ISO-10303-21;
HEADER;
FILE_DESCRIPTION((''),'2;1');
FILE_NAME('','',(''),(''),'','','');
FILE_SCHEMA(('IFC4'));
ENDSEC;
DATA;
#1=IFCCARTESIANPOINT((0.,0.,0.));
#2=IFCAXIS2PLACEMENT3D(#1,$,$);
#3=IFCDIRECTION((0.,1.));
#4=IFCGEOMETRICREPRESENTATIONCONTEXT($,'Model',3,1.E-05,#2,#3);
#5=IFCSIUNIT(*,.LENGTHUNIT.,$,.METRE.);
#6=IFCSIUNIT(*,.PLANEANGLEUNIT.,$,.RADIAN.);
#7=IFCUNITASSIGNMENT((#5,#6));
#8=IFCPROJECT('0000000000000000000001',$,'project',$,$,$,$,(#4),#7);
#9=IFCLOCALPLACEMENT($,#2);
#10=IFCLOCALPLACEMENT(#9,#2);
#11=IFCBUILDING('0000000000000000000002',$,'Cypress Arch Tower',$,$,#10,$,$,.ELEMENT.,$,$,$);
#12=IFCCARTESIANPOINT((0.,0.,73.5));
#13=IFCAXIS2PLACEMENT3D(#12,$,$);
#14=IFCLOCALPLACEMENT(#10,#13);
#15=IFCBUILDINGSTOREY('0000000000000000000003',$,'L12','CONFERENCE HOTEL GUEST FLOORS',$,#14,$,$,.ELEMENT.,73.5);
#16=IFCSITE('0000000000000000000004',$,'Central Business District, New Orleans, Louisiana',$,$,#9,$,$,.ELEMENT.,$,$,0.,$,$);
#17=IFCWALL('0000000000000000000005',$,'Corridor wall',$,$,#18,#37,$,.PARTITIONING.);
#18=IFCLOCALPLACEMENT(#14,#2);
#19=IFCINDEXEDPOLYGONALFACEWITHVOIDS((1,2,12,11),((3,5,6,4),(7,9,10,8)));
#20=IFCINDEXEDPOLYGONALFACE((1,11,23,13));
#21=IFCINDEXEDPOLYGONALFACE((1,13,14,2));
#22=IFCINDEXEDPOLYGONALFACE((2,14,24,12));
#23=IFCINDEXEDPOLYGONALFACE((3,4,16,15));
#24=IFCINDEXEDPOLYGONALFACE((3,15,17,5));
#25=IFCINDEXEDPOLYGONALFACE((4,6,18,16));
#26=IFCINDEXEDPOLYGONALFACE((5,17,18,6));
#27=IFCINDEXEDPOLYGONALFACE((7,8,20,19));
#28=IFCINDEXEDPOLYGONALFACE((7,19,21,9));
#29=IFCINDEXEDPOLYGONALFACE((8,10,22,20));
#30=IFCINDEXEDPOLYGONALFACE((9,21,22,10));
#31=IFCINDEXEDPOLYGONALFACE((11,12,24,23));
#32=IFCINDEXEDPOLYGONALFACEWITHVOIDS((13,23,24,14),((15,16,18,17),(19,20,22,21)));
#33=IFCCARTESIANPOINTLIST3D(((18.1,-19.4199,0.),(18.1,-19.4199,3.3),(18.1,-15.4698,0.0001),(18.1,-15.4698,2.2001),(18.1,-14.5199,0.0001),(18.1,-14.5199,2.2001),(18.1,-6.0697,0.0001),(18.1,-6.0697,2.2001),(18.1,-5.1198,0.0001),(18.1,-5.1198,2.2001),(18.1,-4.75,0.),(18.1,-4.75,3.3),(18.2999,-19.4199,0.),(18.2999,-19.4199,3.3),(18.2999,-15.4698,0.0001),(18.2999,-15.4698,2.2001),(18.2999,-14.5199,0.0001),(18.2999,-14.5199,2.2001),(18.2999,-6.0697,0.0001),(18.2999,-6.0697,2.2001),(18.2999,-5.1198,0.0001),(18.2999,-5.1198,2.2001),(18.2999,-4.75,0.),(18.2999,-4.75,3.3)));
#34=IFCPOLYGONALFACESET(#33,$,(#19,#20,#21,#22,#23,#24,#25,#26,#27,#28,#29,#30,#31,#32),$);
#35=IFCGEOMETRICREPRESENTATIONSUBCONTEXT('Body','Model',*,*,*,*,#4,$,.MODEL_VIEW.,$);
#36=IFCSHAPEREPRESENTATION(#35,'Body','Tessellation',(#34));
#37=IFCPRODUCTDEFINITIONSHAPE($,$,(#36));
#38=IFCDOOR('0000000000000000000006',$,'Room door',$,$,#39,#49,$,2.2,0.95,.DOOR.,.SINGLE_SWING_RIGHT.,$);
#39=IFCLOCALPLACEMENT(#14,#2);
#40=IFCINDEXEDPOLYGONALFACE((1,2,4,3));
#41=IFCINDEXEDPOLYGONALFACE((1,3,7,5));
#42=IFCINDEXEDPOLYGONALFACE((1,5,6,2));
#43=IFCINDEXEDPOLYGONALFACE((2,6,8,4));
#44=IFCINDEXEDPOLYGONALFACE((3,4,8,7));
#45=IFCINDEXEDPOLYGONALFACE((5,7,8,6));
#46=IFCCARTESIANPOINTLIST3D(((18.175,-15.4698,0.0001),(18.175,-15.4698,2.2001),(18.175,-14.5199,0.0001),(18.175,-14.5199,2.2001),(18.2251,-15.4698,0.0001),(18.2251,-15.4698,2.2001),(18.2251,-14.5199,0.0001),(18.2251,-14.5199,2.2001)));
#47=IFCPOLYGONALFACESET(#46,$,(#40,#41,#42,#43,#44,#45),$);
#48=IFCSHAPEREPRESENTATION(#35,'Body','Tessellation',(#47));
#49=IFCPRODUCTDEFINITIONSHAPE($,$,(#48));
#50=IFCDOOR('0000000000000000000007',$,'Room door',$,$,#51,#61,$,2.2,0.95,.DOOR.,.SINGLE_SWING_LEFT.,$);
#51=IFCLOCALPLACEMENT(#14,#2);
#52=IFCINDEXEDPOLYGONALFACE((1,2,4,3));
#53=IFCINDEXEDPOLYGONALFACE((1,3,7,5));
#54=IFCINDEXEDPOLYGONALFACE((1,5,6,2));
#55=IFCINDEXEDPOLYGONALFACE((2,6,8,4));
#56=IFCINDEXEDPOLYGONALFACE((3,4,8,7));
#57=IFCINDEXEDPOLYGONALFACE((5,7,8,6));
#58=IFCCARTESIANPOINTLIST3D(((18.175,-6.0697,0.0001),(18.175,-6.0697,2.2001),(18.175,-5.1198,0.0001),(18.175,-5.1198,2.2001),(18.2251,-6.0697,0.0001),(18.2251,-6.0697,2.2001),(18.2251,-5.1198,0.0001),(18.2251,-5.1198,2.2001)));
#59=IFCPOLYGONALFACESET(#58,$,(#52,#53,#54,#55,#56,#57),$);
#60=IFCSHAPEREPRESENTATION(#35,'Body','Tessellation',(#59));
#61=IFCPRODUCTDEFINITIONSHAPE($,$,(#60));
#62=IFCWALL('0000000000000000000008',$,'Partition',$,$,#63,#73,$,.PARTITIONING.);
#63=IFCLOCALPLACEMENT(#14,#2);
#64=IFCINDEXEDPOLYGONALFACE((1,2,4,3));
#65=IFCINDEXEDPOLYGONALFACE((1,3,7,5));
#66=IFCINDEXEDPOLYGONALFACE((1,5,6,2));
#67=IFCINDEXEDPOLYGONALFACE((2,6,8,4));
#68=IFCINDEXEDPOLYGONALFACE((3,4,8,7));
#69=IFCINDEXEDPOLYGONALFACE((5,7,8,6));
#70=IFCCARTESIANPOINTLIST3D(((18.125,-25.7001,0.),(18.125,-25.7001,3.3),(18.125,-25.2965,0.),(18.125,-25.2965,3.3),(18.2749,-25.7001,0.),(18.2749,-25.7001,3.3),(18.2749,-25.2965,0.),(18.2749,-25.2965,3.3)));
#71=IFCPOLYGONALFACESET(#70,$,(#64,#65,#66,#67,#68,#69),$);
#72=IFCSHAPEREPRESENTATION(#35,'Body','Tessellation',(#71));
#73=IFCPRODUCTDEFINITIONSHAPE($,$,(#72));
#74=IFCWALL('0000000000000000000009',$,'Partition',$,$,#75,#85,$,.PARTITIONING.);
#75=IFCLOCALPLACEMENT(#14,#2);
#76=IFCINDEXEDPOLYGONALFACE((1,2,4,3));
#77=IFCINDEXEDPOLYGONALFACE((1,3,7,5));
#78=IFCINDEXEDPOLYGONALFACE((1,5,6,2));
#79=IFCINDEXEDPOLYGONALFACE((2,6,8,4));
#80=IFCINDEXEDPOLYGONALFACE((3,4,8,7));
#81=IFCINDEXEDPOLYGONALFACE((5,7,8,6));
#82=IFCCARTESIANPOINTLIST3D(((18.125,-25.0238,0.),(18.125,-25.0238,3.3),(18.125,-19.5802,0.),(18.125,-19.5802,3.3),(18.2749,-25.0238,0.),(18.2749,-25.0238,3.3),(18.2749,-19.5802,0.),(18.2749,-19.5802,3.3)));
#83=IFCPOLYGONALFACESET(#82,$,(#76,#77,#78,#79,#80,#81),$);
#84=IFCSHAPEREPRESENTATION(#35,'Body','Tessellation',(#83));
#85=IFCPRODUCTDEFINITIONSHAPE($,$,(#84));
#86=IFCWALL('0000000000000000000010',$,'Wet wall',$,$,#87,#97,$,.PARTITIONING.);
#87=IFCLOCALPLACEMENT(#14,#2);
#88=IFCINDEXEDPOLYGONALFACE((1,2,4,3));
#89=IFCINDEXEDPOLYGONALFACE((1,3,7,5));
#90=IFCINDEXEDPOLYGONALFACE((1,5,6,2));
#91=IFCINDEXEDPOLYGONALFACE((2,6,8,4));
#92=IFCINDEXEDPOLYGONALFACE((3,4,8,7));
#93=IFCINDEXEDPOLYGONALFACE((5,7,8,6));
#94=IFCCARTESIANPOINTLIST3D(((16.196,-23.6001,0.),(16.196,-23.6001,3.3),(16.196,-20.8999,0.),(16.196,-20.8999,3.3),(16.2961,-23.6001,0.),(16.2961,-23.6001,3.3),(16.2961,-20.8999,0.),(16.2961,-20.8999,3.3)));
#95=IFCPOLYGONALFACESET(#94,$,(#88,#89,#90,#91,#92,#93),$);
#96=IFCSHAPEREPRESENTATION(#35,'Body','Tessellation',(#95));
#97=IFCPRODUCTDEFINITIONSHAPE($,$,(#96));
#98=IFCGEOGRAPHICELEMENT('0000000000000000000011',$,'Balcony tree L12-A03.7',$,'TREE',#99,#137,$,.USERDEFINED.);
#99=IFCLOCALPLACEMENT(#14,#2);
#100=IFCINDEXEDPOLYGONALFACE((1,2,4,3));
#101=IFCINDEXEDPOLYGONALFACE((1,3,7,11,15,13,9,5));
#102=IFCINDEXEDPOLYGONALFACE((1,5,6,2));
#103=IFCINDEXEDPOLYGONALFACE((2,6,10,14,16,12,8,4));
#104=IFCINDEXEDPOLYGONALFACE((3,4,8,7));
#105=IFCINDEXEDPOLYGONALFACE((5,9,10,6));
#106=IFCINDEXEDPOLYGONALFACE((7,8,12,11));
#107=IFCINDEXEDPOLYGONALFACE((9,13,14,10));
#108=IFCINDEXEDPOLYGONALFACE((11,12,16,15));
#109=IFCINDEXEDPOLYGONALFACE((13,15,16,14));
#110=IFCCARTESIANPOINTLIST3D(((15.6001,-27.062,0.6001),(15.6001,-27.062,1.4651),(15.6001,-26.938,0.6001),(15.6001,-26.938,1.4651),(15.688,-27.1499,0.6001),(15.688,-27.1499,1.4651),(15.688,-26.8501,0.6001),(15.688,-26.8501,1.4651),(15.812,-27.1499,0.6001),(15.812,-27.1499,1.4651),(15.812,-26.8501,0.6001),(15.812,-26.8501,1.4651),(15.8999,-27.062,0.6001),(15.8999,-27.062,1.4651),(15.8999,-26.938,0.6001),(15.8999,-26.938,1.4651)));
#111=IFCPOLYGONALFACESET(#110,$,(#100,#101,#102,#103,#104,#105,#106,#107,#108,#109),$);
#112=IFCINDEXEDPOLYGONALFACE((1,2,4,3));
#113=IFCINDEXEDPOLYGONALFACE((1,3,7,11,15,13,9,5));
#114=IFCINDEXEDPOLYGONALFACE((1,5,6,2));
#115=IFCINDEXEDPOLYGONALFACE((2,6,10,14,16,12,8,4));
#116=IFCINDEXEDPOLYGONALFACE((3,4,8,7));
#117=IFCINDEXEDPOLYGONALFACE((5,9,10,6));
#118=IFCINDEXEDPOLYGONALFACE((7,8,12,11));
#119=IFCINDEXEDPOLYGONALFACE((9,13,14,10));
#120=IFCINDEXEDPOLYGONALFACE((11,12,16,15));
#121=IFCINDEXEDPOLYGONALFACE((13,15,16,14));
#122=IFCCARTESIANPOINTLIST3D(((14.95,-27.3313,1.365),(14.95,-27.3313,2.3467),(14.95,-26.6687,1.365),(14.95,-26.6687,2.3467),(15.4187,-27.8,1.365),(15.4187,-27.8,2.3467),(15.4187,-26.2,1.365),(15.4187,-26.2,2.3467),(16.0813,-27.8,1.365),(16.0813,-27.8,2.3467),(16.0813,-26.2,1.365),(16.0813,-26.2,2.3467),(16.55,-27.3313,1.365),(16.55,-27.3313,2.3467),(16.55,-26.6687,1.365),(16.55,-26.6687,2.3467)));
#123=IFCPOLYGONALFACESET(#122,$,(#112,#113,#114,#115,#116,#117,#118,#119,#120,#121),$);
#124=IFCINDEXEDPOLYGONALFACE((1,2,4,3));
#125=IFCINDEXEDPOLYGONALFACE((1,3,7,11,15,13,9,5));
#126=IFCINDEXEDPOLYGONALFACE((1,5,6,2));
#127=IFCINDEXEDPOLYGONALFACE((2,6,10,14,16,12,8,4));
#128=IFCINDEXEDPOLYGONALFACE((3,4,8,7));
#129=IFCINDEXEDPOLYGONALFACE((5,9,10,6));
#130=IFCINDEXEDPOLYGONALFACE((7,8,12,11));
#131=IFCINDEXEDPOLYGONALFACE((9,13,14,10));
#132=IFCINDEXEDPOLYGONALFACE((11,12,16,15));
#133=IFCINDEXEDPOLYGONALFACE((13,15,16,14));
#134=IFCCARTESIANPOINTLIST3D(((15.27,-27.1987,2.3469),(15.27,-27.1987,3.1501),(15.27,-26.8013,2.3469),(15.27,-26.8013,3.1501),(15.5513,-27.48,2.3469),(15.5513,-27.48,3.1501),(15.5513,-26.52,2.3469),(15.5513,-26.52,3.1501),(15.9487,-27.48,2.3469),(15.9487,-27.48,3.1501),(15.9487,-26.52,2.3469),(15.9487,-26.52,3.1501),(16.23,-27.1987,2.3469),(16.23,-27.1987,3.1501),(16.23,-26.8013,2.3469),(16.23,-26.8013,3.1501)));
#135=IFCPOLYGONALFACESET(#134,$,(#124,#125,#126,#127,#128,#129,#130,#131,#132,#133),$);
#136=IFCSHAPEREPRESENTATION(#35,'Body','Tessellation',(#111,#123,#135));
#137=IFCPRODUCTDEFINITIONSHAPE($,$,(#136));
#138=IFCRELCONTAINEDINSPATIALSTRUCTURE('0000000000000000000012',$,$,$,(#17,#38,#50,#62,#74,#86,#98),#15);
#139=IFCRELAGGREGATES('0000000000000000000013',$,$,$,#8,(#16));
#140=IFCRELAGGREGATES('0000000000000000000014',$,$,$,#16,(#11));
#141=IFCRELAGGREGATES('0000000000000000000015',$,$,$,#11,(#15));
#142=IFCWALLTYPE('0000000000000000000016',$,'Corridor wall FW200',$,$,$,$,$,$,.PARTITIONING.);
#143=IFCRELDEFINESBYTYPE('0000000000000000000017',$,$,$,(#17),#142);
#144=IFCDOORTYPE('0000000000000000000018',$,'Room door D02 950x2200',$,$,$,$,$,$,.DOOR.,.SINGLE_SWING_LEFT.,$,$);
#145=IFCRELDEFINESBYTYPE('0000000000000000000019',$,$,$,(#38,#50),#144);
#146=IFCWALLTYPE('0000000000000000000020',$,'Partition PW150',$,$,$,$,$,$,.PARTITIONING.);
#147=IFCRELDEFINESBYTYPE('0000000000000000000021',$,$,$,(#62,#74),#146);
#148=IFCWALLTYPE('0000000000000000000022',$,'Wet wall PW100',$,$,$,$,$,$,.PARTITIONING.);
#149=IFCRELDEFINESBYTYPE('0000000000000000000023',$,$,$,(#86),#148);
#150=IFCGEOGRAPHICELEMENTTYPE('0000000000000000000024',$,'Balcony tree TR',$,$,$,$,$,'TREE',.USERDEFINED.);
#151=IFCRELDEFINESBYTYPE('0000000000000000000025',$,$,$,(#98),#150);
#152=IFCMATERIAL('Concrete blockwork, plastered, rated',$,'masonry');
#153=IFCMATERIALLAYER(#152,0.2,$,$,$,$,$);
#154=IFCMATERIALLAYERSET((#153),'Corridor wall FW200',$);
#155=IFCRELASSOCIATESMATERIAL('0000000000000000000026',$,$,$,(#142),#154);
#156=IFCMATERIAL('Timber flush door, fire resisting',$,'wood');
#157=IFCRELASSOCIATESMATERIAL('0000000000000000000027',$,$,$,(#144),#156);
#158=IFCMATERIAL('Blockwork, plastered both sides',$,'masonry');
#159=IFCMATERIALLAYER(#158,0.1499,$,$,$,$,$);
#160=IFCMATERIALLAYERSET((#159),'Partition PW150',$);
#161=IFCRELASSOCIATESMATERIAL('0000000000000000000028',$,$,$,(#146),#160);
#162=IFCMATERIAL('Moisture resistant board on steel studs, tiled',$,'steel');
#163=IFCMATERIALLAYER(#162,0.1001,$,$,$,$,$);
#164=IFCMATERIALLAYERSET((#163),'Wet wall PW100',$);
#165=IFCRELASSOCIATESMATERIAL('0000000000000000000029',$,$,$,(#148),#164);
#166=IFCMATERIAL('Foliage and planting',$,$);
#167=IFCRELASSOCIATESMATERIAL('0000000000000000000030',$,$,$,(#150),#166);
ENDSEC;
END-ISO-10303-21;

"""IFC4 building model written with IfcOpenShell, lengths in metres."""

from ifc_helpers import new_model, si_unit, direction, frame, frame_2d, origin, place, context, subcontext, project, spatial, polyline, rectangle, outline, extrude, material, layer, layer_set, type_object, element, fill, save


model = new_model("IFC4")

# Units and contexts
model_context = context("Model", 3, precision=1e-05, world=origin(), true_north=direction((0.0, 1.0)))
body_context = subcontext(model_context, "Body", "Model", "MODEL_VIEW")
ifc_project = project(units=[si_unit("LENGTHUNIT", "METRE"), si_unit("PLANEANGLEUNIT", "RADIAN")], contexts=[model_context])

# Site, building, storey
site_placement = place(None, origin())
site = spatial("IfcSite", under=ifc_project, at=site_placement, Name="Central Business District, New Orleans, Louisiana", CompositionType="ELEMENT", RefElevation=0.0)
building_placement = place(site_placement, origin())
building = spatial("IfcBuilding", under=site, at=building_placement, Name="Cypress Arch Tower", CompositionType="ELEMENT")
storey_placement = place(building_placement, frame((0.0, 0.0, 73.5)))
storey = spatial("IfcBuildingStorey", under=building, at=storey_placement, Name="L12", Description="CONFERENCE HOTEL GUEST FLOORS", CompositionType="ELEMENT", Elevation=73.5)

# Shared definitions
ifc_material_1 = material(Name="Concrete blockwork, plastered, rated", Category="masonry")
ifc_layer_1 = layer(ifc_material_1, 0.2)
ifc_layer_set_1 = layer_set([ifc_layer_1], Name="Corridor wall FW200")
wall_type_1 = type_object("IfcWallType", Name="Corridor wall FW200", PredefinedType="PARTITIONING", material=ifc_layer_set_1)

# Wall, openings, doors
wall_1_placement = place(storey_placement, frame((18.2, -19.4199, 0.0), z_axis=(0.0, 0.0, 1.0), x_axis=(0.0, 1.0, 0.0)))
wall_1 = element("IfcWall", 1, at=wall_1_placement, inside=storey, type_object=wall_type_1, Name="Corridor wall", PredefinedType="PARTITIONING", context=body_context, shape_type="SweptSolid", body=[
    extrude(rectangle(XDim=14.6699, YDim=0.2, at=frame_2d((7.335, 0.0))), origin(), (0.0, 0.0, 1.0), 3.3),
])
opening_1_placement = place(wall_1_placement, frame((3.95, 0.0, 0.0)))
opening_1 = element("IfcOpeningElement", 2, at=opening_1_placement, cuts=wall_1, PredefinedType="OPENING", context=body_context, shape_type="SweptSolid", body=[
    extrude(rectangle(XDim=0.95, YDim=2.2, at=frame_2d((0.4751, 1.1001))), frame((0.0, 0.1099, 0.0), z_axis=(0.0, -1.0, 0.0), x_axis=(1.0, 0.0, 0.0)), (0.0, 0.0, 1.0), 0.22),
])
opening_2_placement = place(wall_1_placement, frame((13.3501, 0.0, 0.0)))
opening_2 = element("IfcOpeningElement", 3, at=opening_2_placement, cuts=wall_1, PredefinedType="OPENING", context=body_context, shape_type="SweptSolid", body=[
    extrude(rectangle(XDim=0.95, YDim=2.2, at=frame_2d((0.4751, 1.1001))), frame((0.0, 0.1099, 0.0), z_axis=(0.0, -1.0, 0.0), x_axis=(1.0, 0.0, 0.0)), (0.0, 0.0, 1.0), 0.22),
])
ifc_material_2 = material(Name="Timber flush door, fire resisting", Category="wood")
door_type = type_object("IfcDoorType", Name="Room door D02 950x2200", OperationType="SINGLE_SWING_LEFT", PredefinedType="DOOR", material=ifc_material_2)
door_1_placement = place(opening_1_placement, origin())
door_1 = element("IfcDoor", 4, at=door_1_placement, inside=storey, type_object=door_type, Name="Room door", OperationType="SINGLE_SWING_RIGHT", OverallHeight=2.2, OverallWidth=0.95, PredefinedType="DOOR", context=body_context, shape_type="SweptSolid", body=[
    extrude(rectangle(XDim=0.95, YDim=2.2, at=frame_2d((0.4751, 1.1001))), frame((0.0, 0.0249, 0.0), z_axis=(0.0, -1.0, 0.0), x_axis=(1.0, 0.0, 0.0)), (0.0, 0.0, 1.0), 0.05),
])
fill(opening_1, door_1)
door_2_placement = place(opening_2_placement, origin())
door_2 = element("IfcDoor", 5, at=door_2_placement, inside=storey, type_object=door_type, Name="Room door", OperationType="SINGLE_SWING_LEFT", OverallHeight=2.2, OverallWidth=0.95, PredefinedType="DOOR", context=body_context, shape_type="SweptSolid", body=[
    extrude(rectangle(XDim=0.95, YDim=2.2, at=frame_2d((0.4751, 1.1001))), frame((0.0, 0.0249, 0.0), z_axis=(0.0, -1.0, 0.0), x_axis=(1.0, 0.0, 0.0)), (0.0, 0.0, 1.0), 0.05),
])
fill(opening_2, door_2)

# Walls
ifc_material_3 = material(Name="Blockwork, plastered both sides", Category="masonry")
ifc_layer_2 = layer(ifc_material_3, 0.1499)
ifc_layer_set_2 = layer_set([ifc_layer_2], Name="Partition PW150")
wall_type_2 = type_object("IfcWallType", Name="Partition PW150", PredefinedType="PARTITIONING", material=ifc_layer_set_2)
wall_2_placement = place(storey_placement, frame((18.2, -25.7, 0.0), z_axis=(0.0, 0.0, 1.0), x_axis=(0.0, 1.0, 0.0)))
element("IfcWall", 6, at=wall_2_placement, inside=storey, type_object=wall_type_2, Name="Partition", PredefinedType="PARTITIONING", context=body_context, shape_type="SweptSolid", body=[
    extrude(rectangle(XDim=0.4036, YDim=0.1499, at=frame_2d((0.2017, 0.0))), origin(), (0.0, 0.0, 1.0), 3.3),
])
wall_3_placement = place(storey_placement, frame((18.2, -25.0237, 0.0), z_axis=(0.0, 0.0, 1.0), x_axis=(0.0, 1.0, 0.0)))
element("IfcWall", 7, at=wall_3_placement, inside=storey, type_object=wall_type_2, Name="Partition", PredefinedType="PARTITIONING", context=body_context, shape_type="SweptSolid", body=[
    extrude(rectangle(XDim=5.4436, YDim=0.1499, at=frame_2d((2.7217, 0.0))), origin(), (0.0, 0.0, 1.0), 3.3),
])
ifc_material_4 = material(Name="Moisture resistant board on steel studs, tiled", Category="steel")
ifc_layer_3 = layer(ifc_material_4, 0.1001)
ifc_layer_set_3 = layer_set([ifc_layer_3], Name="Wet wall PW100")
wall_type_3 = type_object("IfcWallType", Name="Wet wall PW100", PredefinedType="PARTITIONING", material=ifc_layer_set_3)
wall_4_placement = place(storey_placement, frame((16.2461, -23.6001, 0.0), z_axis=(0.0, 0.0, 1.0), x_axis=(0.0, 1.0, 0.0)))
element("IfcWall", 8, at=wall_4_placement, inside=storey, type_object=wall_type_3, Name="Wet wall", PredefinedType="PARTITIONING", context=body_context, shape_type="SweptSolid", body=[
    extrude(rectangle(XDim=2.7002, YDim=0.1001, at=frame_2d((1.3501, 0.0))), origin(), (0.0, 0.0, 1.0), 3.3),
])

# Geographic element
ifc_material_5 = material(Name="Foliage and planting")
geographic_element_type = type_object("IfcGeographicElementType", Name="Balcony tree TR", ElementType="TREE", PredefinedType="USERDEFINED", material=ifc_material_5)
geographic_element_placement = place(storey_placement, frame((15.75, -27.0, 0.6001), z_axis=(0.0, 0.0, 1.0), x_axis=(1.0, 0.0, 0.0)))
element("IfcGeographicElement", 9, at=geographic_element_placement, inside=storey, type_object=geographic_element_type, Name="Balcony tree L12-A03.7", ObjectType="TREE", PredefinedType="USERDEFINED", context=body_context, shape_type="SweptSolid", body=[
    extrude(outline(polyline([(0.1499, 0.062), (0.062, 0.1499), (-0.062, 0.1499), (-0.1499, 0.062), (-0.1499, -0.062), (-0.062, -0.1499), (0.062, -0.1499), (0.1499, -0.062), (0.1499, 0.062)])), origin(), (0.0, 0.0, 1.0), 0.865),
    extrude(outline(polyline([(0.8, 0.3313), (0.3313, 0.8), (-0.3313, 0.8), (-0.8, 0.3313), (-0.8, -0.3313), (-0.3313, -0.8), (0.3313, -0.8), (0.8, -0.3313), (0.8, 0.3313)])), frame((0.0, 0.0, 0.7649)), (0.0, 0.0, 1.0), 0.9817),
    extrude(outline(polyline([(0.48, 0.1987), (0.1987, 0.48), (-0.1987, 0.48), (-0.48, 0.1987), (-0.48, -0.1987), (-0.1987, -0.48), (0.1987, -0.48), (0.48, -0.1987), (0.48, 0.1987)])), frame((0.0, 0.0, 1.7468)), (0.0, 0.0, 1.0), 0.8032),
])

save(model, "model.ifc")
